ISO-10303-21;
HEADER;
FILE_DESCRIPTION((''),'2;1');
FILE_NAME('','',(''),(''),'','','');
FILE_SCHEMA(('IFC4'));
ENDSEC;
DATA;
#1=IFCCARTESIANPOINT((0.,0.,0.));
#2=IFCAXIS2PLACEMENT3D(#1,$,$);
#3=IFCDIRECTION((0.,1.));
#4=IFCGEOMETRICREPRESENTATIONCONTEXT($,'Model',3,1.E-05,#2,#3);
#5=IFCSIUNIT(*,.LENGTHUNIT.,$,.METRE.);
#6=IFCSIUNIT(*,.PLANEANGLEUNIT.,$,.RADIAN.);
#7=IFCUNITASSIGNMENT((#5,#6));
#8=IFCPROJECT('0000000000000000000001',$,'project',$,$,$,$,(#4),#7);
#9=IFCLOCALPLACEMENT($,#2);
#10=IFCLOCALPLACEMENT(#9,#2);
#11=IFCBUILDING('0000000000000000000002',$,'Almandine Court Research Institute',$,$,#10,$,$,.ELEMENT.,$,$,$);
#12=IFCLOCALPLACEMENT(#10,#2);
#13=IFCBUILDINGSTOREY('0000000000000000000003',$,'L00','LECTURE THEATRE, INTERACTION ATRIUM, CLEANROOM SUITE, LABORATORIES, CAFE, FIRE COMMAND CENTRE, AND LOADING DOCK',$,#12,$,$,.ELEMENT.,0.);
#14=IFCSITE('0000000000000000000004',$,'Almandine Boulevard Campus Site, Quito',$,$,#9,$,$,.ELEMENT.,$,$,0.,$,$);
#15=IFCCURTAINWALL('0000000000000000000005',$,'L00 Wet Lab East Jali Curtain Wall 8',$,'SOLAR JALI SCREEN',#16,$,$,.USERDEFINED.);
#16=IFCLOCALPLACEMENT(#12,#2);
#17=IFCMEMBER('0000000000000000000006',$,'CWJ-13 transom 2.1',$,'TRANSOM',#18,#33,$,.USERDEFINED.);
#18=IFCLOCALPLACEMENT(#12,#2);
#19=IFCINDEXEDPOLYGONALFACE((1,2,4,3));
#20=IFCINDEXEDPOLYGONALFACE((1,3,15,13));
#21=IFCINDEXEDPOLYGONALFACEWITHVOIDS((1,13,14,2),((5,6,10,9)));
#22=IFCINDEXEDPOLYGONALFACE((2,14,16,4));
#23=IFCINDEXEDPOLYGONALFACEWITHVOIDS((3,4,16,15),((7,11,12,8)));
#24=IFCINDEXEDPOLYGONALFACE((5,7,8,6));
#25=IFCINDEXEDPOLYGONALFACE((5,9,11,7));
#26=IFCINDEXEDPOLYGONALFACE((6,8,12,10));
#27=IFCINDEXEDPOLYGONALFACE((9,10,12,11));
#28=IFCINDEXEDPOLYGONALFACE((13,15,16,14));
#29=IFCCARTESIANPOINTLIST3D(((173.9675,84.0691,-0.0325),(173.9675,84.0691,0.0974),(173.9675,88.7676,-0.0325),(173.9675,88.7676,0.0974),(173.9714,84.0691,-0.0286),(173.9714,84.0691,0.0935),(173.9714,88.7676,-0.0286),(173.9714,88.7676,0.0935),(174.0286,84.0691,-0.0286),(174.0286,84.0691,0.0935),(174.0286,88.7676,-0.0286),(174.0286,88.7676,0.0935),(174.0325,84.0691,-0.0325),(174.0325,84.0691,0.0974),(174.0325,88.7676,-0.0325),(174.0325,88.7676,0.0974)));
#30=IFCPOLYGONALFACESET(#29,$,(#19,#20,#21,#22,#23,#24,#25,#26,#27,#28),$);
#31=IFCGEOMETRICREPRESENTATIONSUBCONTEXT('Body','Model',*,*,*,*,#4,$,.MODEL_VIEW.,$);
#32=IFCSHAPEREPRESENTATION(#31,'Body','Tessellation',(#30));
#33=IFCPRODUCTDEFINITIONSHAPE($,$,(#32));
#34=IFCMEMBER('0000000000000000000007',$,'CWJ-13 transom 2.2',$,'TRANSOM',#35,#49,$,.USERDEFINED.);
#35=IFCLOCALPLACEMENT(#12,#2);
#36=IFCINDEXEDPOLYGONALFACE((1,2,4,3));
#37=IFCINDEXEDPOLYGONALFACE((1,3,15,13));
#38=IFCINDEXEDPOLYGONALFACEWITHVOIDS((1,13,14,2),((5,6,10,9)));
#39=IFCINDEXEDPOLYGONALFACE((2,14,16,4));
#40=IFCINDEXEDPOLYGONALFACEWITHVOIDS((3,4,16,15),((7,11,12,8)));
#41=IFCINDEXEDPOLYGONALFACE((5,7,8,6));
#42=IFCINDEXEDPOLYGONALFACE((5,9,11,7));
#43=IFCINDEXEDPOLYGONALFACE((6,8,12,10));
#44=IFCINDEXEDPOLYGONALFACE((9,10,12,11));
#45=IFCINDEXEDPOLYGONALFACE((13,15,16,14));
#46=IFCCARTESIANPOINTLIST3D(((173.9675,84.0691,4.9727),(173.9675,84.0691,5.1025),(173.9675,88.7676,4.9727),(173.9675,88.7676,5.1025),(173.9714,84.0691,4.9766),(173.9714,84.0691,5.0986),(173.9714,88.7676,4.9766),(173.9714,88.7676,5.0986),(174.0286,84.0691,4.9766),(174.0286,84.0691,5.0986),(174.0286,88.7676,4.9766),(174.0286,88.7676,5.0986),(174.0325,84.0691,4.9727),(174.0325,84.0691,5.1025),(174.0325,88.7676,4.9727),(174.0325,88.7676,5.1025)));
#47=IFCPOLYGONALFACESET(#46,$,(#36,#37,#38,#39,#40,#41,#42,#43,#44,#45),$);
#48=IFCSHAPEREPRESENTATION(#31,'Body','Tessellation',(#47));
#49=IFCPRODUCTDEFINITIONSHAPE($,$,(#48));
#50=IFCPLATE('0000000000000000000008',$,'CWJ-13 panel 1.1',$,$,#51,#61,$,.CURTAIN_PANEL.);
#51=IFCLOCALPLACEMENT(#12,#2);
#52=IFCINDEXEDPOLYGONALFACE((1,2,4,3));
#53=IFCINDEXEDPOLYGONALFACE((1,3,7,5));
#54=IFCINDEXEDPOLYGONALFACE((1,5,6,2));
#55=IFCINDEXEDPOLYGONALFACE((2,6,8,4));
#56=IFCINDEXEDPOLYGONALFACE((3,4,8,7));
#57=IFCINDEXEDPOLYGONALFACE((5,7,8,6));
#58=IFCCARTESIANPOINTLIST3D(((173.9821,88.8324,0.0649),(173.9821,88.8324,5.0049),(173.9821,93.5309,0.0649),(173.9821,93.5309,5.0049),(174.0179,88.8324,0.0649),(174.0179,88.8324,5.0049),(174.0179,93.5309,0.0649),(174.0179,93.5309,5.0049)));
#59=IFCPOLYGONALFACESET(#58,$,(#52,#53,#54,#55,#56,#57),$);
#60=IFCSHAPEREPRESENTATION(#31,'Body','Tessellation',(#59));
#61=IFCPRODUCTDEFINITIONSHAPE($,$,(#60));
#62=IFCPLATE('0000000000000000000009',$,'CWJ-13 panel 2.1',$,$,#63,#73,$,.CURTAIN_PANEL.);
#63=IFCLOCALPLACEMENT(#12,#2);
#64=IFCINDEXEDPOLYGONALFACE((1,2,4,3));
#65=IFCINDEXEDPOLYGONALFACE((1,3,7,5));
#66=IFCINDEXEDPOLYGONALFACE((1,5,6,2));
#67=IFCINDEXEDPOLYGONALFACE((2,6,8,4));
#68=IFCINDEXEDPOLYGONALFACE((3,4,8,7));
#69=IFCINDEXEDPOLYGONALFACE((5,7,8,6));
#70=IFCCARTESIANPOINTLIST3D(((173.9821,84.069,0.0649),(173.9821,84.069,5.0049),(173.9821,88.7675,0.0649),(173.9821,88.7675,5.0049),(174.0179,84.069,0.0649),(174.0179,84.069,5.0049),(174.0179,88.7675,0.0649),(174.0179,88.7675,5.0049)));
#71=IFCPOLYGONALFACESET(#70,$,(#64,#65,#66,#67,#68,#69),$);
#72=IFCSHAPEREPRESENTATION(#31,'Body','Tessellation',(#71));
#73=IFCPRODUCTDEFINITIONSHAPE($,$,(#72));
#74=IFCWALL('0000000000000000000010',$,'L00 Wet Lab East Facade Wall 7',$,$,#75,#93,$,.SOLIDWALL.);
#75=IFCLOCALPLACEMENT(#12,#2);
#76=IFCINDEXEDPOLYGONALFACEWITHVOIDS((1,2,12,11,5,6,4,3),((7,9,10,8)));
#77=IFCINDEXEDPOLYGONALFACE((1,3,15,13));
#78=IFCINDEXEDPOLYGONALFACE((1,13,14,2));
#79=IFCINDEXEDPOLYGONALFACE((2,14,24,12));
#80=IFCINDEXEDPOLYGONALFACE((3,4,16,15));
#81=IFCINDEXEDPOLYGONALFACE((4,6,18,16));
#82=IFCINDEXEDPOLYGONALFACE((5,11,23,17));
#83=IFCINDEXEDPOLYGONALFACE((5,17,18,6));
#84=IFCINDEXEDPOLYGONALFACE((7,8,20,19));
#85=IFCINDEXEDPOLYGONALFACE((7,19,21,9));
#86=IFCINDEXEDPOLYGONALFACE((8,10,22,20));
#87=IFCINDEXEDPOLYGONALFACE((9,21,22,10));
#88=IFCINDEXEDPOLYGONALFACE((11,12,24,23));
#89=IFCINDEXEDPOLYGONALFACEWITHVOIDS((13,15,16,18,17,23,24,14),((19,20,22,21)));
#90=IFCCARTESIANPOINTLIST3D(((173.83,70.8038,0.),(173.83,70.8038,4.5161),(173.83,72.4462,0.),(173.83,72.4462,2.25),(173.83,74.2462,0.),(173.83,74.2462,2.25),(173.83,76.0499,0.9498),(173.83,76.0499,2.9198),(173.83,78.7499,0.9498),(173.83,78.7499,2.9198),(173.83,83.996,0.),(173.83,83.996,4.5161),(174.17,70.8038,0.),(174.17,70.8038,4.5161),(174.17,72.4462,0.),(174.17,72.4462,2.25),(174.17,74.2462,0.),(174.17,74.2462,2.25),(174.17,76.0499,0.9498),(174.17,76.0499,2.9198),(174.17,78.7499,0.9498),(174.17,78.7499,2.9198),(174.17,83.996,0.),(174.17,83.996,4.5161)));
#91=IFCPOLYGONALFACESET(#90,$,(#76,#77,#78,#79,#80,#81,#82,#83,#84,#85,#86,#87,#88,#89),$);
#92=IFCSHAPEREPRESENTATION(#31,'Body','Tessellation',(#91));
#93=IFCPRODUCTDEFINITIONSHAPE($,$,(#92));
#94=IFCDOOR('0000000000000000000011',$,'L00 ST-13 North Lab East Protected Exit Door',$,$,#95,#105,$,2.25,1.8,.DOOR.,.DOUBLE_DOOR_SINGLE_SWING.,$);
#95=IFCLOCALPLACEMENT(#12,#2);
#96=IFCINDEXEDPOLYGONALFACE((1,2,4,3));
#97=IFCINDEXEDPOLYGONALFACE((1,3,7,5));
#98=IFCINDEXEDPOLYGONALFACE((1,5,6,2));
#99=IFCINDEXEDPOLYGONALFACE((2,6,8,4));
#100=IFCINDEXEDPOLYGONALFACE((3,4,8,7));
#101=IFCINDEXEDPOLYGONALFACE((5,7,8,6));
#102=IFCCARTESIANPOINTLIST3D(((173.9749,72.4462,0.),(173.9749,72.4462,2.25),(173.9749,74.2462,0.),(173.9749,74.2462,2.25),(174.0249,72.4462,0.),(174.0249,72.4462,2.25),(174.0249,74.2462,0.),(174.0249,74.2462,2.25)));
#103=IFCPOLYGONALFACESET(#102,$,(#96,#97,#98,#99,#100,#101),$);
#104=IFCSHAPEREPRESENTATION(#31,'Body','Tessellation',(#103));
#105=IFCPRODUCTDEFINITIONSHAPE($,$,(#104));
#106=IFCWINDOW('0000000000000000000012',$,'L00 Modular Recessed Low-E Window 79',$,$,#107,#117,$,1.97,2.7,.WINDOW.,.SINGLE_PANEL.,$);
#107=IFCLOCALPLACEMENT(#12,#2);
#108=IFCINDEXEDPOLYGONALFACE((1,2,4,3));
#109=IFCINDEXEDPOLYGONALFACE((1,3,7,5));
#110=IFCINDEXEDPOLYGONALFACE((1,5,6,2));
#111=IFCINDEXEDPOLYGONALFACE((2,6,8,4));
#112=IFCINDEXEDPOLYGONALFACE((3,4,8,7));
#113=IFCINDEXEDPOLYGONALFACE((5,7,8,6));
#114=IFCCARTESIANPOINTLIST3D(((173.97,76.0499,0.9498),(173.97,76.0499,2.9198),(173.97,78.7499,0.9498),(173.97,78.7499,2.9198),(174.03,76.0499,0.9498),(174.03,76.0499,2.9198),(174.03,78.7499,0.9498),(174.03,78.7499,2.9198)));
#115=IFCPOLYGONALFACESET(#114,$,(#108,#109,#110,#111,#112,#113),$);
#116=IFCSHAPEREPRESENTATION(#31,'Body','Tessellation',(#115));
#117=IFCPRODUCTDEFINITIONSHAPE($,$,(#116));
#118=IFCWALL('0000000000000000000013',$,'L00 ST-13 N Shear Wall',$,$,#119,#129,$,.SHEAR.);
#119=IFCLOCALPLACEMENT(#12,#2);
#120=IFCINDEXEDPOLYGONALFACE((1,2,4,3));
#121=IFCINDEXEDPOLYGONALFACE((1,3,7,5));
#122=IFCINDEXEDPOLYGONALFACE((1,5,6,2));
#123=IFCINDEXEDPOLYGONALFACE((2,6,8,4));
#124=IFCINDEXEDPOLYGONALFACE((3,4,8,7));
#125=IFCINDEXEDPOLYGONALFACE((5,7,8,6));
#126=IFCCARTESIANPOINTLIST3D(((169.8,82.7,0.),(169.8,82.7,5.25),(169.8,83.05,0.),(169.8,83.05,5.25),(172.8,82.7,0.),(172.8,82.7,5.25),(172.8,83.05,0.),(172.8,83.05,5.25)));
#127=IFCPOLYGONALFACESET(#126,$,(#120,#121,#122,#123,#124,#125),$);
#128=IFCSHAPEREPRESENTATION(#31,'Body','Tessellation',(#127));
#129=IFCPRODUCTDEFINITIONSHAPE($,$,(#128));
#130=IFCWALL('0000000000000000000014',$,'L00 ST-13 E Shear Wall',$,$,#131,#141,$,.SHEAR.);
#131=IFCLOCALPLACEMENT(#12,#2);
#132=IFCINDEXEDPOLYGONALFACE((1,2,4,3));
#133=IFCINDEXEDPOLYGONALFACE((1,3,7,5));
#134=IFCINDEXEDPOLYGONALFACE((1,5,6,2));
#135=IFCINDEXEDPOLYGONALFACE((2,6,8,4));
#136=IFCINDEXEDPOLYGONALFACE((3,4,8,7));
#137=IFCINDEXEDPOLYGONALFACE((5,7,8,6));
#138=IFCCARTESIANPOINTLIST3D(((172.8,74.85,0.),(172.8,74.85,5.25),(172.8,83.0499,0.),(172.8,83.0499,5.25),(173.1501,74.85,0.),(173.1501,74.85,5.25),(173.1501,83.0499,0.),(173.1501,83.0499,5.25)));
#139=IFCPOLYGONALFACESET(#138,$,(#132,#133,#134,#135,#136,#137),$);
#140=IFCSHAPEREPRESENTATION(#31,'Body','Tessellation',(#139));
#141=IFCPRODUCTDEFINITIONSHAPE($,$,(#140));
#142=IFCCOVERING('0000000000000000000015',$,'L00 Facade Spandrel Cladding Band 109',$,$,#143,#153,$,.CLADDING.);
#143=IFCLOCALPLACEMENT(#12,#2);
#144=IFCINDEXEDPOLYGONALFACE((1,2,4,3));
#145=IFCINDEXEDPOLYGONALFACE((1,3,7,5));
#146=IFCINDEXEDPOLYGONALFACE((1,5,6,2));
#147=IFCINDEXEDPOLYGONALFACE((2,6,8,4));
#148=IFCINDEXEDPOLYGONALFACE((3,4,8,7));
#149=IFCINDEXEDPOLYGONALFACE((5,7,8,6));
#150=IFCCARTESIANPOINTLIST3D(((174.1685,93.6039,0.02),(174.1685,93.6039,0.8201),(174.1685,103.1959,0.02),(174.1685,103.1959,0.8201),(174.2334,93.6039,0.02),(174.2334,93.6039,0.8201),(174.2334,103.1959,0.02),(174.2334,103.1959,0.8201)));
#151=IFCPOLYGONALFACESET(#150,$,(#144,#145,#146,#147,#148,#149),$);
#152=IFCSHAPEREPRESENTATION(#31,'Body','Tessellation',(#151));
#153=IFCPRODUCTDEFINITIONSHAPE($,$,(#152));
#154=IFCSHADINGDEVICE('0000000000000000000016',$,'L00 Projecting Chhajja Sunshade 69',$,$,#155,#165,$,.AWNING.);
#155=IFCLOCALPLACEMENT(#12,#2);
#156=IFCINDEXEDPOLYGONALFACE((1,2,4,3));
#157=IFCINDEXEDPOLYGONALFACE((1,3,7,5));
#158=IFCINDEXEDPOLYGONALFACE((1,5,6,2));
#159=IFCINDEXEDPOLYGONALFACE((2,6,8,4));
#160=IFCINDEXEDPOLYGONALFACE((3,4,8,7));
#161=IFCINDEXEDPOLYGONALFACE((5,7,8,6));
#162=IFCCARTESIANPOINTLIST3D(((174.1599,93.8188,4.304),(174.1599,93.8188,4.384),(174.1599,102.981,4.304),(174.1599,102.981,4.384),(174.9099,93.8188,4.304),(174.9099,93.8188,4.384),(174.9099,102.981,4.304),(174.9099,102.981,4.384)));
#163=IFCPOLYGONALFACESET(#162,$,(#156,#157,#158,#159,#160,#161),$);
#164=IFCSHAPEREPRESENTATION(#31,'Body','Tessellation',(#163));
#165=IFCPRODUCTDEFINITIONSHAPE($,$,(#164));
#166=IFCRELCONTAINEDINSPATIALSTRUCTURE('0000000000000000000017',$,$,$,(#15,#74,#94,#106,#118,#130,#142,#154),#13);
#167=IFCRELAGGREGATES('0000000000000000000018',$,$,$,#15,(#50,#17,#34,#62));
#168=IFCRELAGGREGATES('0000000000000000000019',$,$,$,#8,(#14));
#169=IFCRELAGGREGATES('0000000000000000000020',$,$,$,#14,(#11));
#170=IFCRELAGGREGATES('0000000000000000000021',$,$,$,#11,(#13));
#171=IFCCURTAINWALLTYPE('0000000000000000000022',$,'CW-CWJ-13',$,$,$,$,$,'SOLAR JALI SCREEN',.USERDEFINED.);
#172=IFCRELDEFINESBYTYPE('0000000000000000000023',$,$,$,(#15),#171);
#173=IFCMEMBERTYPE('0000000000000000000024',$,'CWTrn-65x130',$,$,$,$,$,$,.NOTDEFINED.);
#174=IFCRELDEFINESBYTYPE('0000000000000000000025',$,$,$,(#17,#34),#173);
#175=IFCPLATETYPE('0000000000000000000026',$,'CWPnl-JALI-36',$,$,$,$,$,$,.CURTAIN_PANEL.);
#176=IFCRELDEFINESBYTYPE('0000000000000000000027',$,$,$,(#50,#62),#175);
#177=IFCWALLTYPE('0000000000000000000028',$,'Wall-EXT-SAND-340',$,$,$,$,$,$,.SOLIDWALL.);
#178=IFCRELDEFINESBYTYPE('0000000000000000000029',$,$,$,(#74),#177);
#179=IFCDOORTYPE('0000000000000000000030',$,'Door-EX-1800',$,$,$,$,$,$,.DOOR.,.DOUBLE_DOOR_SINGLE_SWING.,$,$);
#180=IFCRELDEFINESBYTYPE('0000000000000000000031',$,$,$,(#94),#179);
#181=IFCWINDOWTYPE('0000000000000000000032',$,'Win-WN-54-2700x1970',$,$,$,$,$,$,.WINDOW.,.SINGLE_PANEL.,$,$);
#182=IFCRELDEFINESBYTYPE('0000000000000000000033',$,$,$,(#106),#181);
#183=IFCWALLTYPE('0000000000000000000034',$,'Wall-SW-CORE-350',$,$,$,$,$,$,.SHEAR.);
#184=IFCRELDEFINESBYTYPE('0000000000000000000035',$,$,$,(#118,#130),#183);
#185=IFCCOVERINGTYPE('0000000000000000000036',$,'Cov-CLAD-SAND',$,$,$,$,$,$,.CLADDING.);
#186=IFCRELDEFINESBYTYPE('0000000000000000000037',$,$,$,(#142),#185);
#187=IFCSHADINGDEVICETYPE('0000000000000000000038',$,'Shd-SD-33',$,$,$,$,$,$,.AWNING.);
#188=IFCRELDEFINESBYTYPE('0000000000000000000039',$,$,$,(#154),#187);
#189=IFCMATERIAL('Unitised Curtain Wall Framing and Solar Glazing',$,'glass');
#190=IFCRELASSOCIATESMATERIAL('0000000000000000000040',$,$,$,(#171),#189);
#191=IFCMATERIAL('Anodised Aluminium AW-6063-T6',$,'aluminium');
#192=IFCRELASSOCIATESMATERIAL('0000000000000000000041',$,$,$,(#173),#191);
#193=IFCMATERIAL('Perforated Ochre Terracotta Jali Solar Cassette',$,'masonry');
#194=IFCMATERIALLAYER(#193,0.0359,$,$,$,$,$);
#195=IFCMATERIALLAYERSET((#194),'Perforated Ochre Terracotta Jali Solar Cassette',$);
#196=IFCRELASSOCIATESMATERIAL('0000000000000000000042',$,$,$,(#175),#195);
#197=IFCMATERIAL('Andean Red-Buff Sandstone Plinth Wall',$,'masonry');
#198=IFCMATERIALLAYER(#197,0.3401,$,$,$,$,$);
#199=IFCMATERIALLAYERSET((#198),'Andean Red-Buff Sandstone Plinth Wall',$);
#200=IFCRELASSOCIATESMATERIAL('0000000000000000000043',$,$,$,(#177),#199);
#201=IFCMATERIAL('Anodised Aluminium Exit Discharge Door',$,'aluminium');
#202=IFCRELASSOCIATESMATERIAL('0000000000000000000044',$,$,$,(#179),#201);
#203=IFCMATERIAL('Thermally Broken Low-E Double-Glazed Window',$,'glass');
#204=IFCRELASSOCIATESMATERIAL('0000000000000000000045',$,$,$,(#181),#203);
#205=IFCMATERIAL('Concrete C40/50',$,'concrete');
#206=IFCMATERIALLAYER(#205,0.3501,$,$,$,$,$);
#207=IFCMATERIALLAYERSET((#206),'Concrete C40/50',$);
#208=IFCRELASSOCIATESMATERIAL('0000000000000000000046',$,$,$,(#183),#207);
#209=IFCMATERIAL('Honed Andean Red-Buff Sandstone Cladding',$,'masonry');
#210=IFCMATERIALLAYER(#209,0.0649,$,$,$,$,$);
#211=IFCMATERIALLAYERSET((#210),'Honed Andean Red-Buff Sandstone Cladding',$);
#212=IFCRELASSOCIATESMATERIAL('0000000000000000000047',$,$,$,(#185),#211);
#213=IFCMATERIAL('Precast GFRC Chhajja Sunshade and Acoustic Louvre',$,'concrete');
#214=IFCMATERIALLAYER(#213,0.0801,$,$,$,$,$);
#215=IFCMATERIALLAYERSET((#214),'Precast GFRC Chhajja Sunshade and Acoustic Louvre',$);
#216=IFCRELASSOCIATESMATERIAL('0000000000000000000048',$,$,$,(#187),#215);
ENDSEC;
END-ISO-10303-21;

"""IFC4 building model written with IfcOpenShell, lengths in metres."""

from ifc_helpers import new_model, si_unit, direction, frame, frame_2d, origin, origin_2d, place, context, subcontext, project, spatial, rectangle, hollow_rectangle, extrude, material, layer, layer_set, material_profile, profile_set, type_object, element, fill, aggregate, save


model = new_model("IFC4")

# Units and contexts
model_context = context("Model", 3, precision=1e-05, world=origin(), true_north=direction((0.0, 1.0)))
body_context = subcontext(model_context, "Body", "Model", "MODEL_VIEW")
ifc_project = project(units=[si_unit("LENGTHUNIT", "METRE"), si_unit("PLANEANGLEUNIT", "RADIAN")], contexts=[model_context])

# Site, building, storey
site_placement = place(None, origin())
site = spatial("IfcSite", under=ifc_project, at=site_placement, Name="Almandine Boulevard Campus Site, Quito", CompositionType="ELEMENT", RefElevation=0.0)
building_placement = place(site_placement, origin())
building = spatial("IfcBuilding", under=site, at=building_placement, Name="Almandine Court Research Institute", CompositionType="ELEMENT")
storey_placement = place(building_placement, origin())
storey = spatial("IfcBuildingStorey", under=building, at=storey_placement, Name="L00", Description="LECTURE THEATRE, INTERACTION ATRIUM, CLEANROOM SUITE, LABORATORIES, CAFE, FIRE COMMAND CENTRE, AND LOADING DOCK", CompositionType="ELEMENT", Elevation=0.0)

# Curtain wall, members, plates
ifc_material_1 = material(Name="Unitised Curtain Wall Framing and Solar Glazing", Category="glass")
curtain_wall_type = type_object("IfcCurtainWallType", Name="CW-CWJ-13", ElementType="SOLAR JALI SCREEN", PredefinedType="USERDEFINED", material=ifc_material_1)
curtain_wall_placement = place(storey_placement, origin())
curtain_wall = element("IfcCurtainWall", 1, at=curtain_wall_placement, inside=storey, type_object=curtain_wall_type, Name="L00 Wet Lab East Jali Curtain Wall 8", ObjectType="SOLAR JALI SCREEN", PredefinedType="USERDEFINED")
ifc_material_2 = material(Name="Anodised Aluminium AW-6063-T6", Category="aluminium")
ifc_material_profile_1 = material_profile(ifc_material_2, hollow_rectangle(XDim=0.0649, YDim=0.1299, WallThickness=0.0039, at=origin_2d()), Name="ALU RHS 65x130x4")
ifc_profile_set_1 = profile_set([ifc_material_profile_1], Name="Anodised Aluminium AW-6063-T6")
member_type_1 = type_object("IfcMemberType", Name="CWTrn-65x130", PredefinedType="NOTDEFINED", material=ifc_profile_set_1)
member_1_placement = place(storey_placement, frame((174.0, 88.7676, 0.0325), z_axis=(0.0, -1.0, 0.0), x_axis=(1.0, 0.0, 0.0)))
member_1 = element("IfcMember", 2, at=member_1_placement, type_object=member_type_1, Name="CWJ-13 transom 2.1", ObjectType="TRANSOM", PredefinedType="USERDEFINED", context=body_context, shape_type="SweptSolid", body=[
    extrude(hollow_rectangle(XDim=0.0649, YDim=0.1299, WallThickness=0.0039, at=origin_2d()), origin(), (0.0, 0.0, 1.0), 4.6985),
])
member_2_placement = place(storey_placement, frame((174.0, 88.7676, 5.0376), z_axis=(0.0, -1.0, 0.0), x_axis=(1.0, 0.0, 0.0)))
member_2 = element("IfcMember", 3, at=member_2_placement, type_object=member_type_1, Name="CWJ-13 transom 2.2", ObjectType="TRANSOM", PredefinedType="USERDEFINED", context=body_context, shape_type="SweptSolid", body=[
    extrude(hollow_rectangle(XDim=0.0649, YDim=0.1299, WallThickness=0.0039, at=origin_2d()), origin(), (0.0, 0.0, 1.0), 4.6985),
])
ifc_material_3 = material(Name="Perforated Ochre Terracotta Jali Solar Cassette", Category="masonry")
ifc_layer_1 = layer(ifc_material_3, 0.0359)
ifc_layer_set_1 = layer_set([ifc_layer_1], Name="Perforated Ochre Terracotta Jali Solar Cassette")
plate_type = type_object("IfcPlateType", Name="CWPnl-JALI-36", PredefinedType="CURTAIN_PANEL", material=ifc_layer_set_1)
plate_1_placement = place(storey_placement, frame((174.0, 91.1816, 0.0649), z_axis=(0.0, 0.0, 1.0), x_axis=(0.0, -1.0, 0.0)))
plate_1 = element("IfcPlate", 4, at=plate_1_placement, type_object=plate_type, Name="CWJ-13 panel 1.1", PredefinedType="CURTAIN_PANEL", context=body_context, shape_type="SweptSolid", body=[
    extrude(rectangle(XDim=4.6985, YDim=0.0359, at=origin_2d()), origin(), (0.0, 0.0, 1.0), 4.9399),
])
plate_2_placement = place(storey_placement, frame((174.0, 86.4182, 0.0649), z_axis=(0.0, 0.0, 1.0), x_axis=(0.0, -1.0, 0.0)))
plate_2 = element("IfcPlate", 5, at=plate_2_placement, type_object=plate_type, Name="CWJ-13 panel 2.1", PredefinedType="CURTAIN_PANEL", context=body_context, shape_type="SweptSolid", body=[
    extrude(rectangle(XDim=4.6985, YDim=0.0359, at=origin_2d()), origin(), (0.0, 0.0, 1.0), 4.9399),
])
aggregate(curtain_wall, [plate_1, member_1, member_2, plate_2])

# Wall, openings, door, window
ifc_material_4 = material(Name="Andean Red-Buff Sandstone Plinth Wall", Category="masonry")
ifc_layer_2 = layer(ifc_material_4, 0.3401)
ifc_layer_set_2 = layer_set([ifc_layer_2], Name="Andean Red-Buff Sandstone Plinth Wall")
wall_type_1 = type_object("IfcWallType", Name="Wall-EXT-SAND-340", PredefinedType="SOLIDWALL", material=ifc_layer_set_2)
wall_1_placement = place(storey_placement, frame((174.0, 83.9961, 0.0), z_axis=(0.0, 0.0, 1.0), x_axis=(0.0, -1.0, 0.0)))
wall_1 = element("IfcWall", 6, at=wall_1_placement, inside=storey, type_object=wall_type_1, Name="L00 Wet Lab East Facade Wall 7", PredefinedType="SOLIDWALL", context=body_context, shape_type="SweptSolid", body=[
    extrude(rectangle(XDim=13.1921, YDim=0.3401, at=frame_2d((6.5962, 0.0))), origin(), (0.0, 0.0, 1.0), 4.5161),
])
opening_1_placement = place(wall_1_placement, frame((9.75, 0.0, 0.0)))
opening_1 = element("IfcOpeningElement", 7, at=opening_1_placement, cuts=wall_1, PredefinedType="OPENING", context=body_context, shape_type="SweptSolid", body=[
    extrude(rectangle(XDim=1.8, YDim=2.25, at=frame_2d((0.8999, 1.125))), frame((0.0, 0.1799, 0.0), z_axis=(0.0, -1.0, 0.0), x_axis=(1.0, 0.0, 0.0)), (0.0, 0.0, 1.0), 0.3601),
])
opening_2_placement = place(wall_1_placement, frame((5.2461, 0.0, 0.95)))
opening_2 = element("IfcOpeningElement", 8, at=opening_2_placement, cuts=wall_1, PredefinedType="OPENING", context=body_context, shape_type="SweptSolid", body=[
    extrude(rectangle(XDim=2.7, YDim=1.97, at=frame_2d((1.3501, 0.9849))), frame((0.0, 0.1799, 0.0), z_axis=(0.0, -1.0, 0.0), x_axis=(1.0, 0.0, 0.0)), (0.0, 0.0, 1.0), 0.3601),
])
ifc_material_5 = material(Name="Anodised Aluminium Exit Discharge Door", Category="aluminium")
door_type = type_object("IfcDoorType", Name="Door-EX-1800", OperationType="DOUBLE_DOOR_SINGLE_SWING", PredefinedType="DOOR", material=ifc_material_5)
door_placement = place(opening_1_placement, origin())
door = element("IfcDoor", 9, at=door_placement, inside=storey, type_object=door_type, Name="L00 ST-13 North Lab East Protected Exit Door", OperationType="DOUBLE_DOOR_SINGLE_SWING", OverallHeight=2.25, OverallWidth=1.8, PredefinedType="DOOR", context=body_context, shape_type="SweptSolid", body=[
    extrude(rectangle(XDim=1.8, YDim=2.25, at=frame_2d((0.8999, 1.125))), frame((0.0, 0.0249, 0.0), z_axis=(0.0, -1.0, 0.0), x_axis=(1.0, 0.0, 0.0)), (0.0, 0.0, 1.0), 0.05),
])
fill(opening_1, door)
ifc_material_6 = material(Name="Thermally Broken Low-E Double-Glazed Window", Category="glass")
window_type = type_object("IfcWindowType", Name="Win-WN-54-2700x1970", PartitioningType="SINGLE_PANEL", PredefinedType="WINDOW", material=ifc_material_6)
window_placement = place(opening_2_placement, origin())
window = element("IfcWindow", 10, at=window_placement, inside=storey, type_object=window_type, Name="L00 Modular Recessed Low-E Window 79", OverallHeight=1.97, OverallWidth=2.7, PartitioningType="SINGLE_PANEL", PredefinedType="WINDOW", context=body_context, shape_type="SweptSolid", body=[
    extrude(rectangle(XDim=2.7, YDim=1.97, at=frame_2d((1.3501, 0.9849))), frame((0.0, 0.03, 0.0), z_axis=(0.0, -1.0, 0.0), x_axis=(1.0, 0.0, 0.0)), (0.0, 0.0, 1.0), 0.0601),
])
fill(opening_2, window)

# Walls
ifc_material_7 = material(Name="Concrete C40/50", Category="concrete")
ifc_layer_3 = layer(ifc_material_7, 0.3501)
ifc_layer_set_3 = layer_set([ifc_layer_3], Name="Concrete C40/50")
wall_type_2 = type_object("IfcWallType", Name="Wall-SW-CORE-350", PredefinedType="SHEAR", material=ifc_layer_set_3)
wall_2_placement = place(storey_placement, frame((169.8, 82.875, 0.0), z_axis=(0.0, 0.0, 1.0), x_axis=(1.0, 0.0, 0.0)))
element("IfcWall", 11, at=wall_2_placement, inside=storey, type_object=wall_type_2, Name="L00 ST-13 N Shear Wall", PredefinedType="SHEAR", context=body_context, shape_type="SweptSolid", body=[
    extrude(rectangle(XDim=3.0, YDim=0.3501, at=frame_2d((1.5, 0.0))), origin(), (0.0, 0.0, 1.0), 5.25),
])
wall_3_placement = place(storey_placement, frame((172.9751, 83.05, 0.0), z_axis=(0.0, 0.0, 1.0), x_axis=(0.0, -1.0, 0.0)))
element("IfcWall", 12, at=wall_3_placement, inside=storey, type_object=wall_type_2, Name="L00 ST-13 E Shear Wall", PredefinedType="SHEAR", context=body_context, shape_type="SweptSolid", body=[
    extrude(rectangle(XDim=8.2, YDim=0.3501, at=frame_2d((4.1001, 0.0))), origin(), (0.0, 0.0, 1.0), 5.25),
])

# Covering
ifc_material_8 = material(Name="Honed Andean Red-Buff Sandstone Cladding", Category="masonry")
ifc_layer_4 = layer(ifc_material_8, 0.0649)
ifc_layer_set_4 = layer_set([ifc_layer_4], Name="Honed Andean Red-Buff Sandstone Cladding")
covering_type = type_object("IfcCoveringType", Name="Cov-CLAD-SAND", PredefinedType="CLADDING", material=ifc_layer_set_4)
covering_placement = place(storey_placement, frame((174.2009, 98.3999, 0.02), z_axis=(0.0, 0.0, 1.0), x_axis=(0.0, -1.0, 0.0)))
element("IfcCovering", 13, at=covering_placement, inside=storey, type_object=covering_type, Name="L00 Facade Spandrel Cladding Band 109", PredefinedType="CLADDING", context=body_context, shape_type="SweptSolid", body=[
    extrude(rectangle(XDim=9.592, YDim=0.0649, at=origin_2d()), origin(), (0.0, 0.0, 1.0), 0.8),
])

# Shading device
ifc_material_9 = material(Name="Precast GFRC Chhajja Sunshade and Acoustic Louvre", Category="concrete")
ifc_layer_5 = layer(ifc_material_9, 0.0801)
ifc_layer_set_5 = layer_set([ifc_layer_5], Name="Precast GFRC Chhajja Sunshade and Acoustic Louvre")
shading_device_type = type_object("IfcShadingDeviceType", Name="Shd-SD-33", PredefinedType="AWNING", material=ifc_layer_set_5)
shading_device_placement = place(storey_placement, frame((174.5349, 98.3999, 4.304), z_axis=(0.0, 0.0, 1.0), x_axis=(0.0, -1.0, 0.0)))
element("IfcShadingDevice", 14, at=shading_device_placement, inside=storey, type_object=shading_device_type, Name="L00 Projecting Chhajja Sunshade 69", PredefinedType="AWNING", context=body_context, shape_type="SweptSolid", body=[
    extrude(rectangle(XDim=9.1621, YDim=0.75, at=origin_2d()), origin(), (0.0, 0.0, 1.0), 0.0801),
])

save(model, "model.ifc")
